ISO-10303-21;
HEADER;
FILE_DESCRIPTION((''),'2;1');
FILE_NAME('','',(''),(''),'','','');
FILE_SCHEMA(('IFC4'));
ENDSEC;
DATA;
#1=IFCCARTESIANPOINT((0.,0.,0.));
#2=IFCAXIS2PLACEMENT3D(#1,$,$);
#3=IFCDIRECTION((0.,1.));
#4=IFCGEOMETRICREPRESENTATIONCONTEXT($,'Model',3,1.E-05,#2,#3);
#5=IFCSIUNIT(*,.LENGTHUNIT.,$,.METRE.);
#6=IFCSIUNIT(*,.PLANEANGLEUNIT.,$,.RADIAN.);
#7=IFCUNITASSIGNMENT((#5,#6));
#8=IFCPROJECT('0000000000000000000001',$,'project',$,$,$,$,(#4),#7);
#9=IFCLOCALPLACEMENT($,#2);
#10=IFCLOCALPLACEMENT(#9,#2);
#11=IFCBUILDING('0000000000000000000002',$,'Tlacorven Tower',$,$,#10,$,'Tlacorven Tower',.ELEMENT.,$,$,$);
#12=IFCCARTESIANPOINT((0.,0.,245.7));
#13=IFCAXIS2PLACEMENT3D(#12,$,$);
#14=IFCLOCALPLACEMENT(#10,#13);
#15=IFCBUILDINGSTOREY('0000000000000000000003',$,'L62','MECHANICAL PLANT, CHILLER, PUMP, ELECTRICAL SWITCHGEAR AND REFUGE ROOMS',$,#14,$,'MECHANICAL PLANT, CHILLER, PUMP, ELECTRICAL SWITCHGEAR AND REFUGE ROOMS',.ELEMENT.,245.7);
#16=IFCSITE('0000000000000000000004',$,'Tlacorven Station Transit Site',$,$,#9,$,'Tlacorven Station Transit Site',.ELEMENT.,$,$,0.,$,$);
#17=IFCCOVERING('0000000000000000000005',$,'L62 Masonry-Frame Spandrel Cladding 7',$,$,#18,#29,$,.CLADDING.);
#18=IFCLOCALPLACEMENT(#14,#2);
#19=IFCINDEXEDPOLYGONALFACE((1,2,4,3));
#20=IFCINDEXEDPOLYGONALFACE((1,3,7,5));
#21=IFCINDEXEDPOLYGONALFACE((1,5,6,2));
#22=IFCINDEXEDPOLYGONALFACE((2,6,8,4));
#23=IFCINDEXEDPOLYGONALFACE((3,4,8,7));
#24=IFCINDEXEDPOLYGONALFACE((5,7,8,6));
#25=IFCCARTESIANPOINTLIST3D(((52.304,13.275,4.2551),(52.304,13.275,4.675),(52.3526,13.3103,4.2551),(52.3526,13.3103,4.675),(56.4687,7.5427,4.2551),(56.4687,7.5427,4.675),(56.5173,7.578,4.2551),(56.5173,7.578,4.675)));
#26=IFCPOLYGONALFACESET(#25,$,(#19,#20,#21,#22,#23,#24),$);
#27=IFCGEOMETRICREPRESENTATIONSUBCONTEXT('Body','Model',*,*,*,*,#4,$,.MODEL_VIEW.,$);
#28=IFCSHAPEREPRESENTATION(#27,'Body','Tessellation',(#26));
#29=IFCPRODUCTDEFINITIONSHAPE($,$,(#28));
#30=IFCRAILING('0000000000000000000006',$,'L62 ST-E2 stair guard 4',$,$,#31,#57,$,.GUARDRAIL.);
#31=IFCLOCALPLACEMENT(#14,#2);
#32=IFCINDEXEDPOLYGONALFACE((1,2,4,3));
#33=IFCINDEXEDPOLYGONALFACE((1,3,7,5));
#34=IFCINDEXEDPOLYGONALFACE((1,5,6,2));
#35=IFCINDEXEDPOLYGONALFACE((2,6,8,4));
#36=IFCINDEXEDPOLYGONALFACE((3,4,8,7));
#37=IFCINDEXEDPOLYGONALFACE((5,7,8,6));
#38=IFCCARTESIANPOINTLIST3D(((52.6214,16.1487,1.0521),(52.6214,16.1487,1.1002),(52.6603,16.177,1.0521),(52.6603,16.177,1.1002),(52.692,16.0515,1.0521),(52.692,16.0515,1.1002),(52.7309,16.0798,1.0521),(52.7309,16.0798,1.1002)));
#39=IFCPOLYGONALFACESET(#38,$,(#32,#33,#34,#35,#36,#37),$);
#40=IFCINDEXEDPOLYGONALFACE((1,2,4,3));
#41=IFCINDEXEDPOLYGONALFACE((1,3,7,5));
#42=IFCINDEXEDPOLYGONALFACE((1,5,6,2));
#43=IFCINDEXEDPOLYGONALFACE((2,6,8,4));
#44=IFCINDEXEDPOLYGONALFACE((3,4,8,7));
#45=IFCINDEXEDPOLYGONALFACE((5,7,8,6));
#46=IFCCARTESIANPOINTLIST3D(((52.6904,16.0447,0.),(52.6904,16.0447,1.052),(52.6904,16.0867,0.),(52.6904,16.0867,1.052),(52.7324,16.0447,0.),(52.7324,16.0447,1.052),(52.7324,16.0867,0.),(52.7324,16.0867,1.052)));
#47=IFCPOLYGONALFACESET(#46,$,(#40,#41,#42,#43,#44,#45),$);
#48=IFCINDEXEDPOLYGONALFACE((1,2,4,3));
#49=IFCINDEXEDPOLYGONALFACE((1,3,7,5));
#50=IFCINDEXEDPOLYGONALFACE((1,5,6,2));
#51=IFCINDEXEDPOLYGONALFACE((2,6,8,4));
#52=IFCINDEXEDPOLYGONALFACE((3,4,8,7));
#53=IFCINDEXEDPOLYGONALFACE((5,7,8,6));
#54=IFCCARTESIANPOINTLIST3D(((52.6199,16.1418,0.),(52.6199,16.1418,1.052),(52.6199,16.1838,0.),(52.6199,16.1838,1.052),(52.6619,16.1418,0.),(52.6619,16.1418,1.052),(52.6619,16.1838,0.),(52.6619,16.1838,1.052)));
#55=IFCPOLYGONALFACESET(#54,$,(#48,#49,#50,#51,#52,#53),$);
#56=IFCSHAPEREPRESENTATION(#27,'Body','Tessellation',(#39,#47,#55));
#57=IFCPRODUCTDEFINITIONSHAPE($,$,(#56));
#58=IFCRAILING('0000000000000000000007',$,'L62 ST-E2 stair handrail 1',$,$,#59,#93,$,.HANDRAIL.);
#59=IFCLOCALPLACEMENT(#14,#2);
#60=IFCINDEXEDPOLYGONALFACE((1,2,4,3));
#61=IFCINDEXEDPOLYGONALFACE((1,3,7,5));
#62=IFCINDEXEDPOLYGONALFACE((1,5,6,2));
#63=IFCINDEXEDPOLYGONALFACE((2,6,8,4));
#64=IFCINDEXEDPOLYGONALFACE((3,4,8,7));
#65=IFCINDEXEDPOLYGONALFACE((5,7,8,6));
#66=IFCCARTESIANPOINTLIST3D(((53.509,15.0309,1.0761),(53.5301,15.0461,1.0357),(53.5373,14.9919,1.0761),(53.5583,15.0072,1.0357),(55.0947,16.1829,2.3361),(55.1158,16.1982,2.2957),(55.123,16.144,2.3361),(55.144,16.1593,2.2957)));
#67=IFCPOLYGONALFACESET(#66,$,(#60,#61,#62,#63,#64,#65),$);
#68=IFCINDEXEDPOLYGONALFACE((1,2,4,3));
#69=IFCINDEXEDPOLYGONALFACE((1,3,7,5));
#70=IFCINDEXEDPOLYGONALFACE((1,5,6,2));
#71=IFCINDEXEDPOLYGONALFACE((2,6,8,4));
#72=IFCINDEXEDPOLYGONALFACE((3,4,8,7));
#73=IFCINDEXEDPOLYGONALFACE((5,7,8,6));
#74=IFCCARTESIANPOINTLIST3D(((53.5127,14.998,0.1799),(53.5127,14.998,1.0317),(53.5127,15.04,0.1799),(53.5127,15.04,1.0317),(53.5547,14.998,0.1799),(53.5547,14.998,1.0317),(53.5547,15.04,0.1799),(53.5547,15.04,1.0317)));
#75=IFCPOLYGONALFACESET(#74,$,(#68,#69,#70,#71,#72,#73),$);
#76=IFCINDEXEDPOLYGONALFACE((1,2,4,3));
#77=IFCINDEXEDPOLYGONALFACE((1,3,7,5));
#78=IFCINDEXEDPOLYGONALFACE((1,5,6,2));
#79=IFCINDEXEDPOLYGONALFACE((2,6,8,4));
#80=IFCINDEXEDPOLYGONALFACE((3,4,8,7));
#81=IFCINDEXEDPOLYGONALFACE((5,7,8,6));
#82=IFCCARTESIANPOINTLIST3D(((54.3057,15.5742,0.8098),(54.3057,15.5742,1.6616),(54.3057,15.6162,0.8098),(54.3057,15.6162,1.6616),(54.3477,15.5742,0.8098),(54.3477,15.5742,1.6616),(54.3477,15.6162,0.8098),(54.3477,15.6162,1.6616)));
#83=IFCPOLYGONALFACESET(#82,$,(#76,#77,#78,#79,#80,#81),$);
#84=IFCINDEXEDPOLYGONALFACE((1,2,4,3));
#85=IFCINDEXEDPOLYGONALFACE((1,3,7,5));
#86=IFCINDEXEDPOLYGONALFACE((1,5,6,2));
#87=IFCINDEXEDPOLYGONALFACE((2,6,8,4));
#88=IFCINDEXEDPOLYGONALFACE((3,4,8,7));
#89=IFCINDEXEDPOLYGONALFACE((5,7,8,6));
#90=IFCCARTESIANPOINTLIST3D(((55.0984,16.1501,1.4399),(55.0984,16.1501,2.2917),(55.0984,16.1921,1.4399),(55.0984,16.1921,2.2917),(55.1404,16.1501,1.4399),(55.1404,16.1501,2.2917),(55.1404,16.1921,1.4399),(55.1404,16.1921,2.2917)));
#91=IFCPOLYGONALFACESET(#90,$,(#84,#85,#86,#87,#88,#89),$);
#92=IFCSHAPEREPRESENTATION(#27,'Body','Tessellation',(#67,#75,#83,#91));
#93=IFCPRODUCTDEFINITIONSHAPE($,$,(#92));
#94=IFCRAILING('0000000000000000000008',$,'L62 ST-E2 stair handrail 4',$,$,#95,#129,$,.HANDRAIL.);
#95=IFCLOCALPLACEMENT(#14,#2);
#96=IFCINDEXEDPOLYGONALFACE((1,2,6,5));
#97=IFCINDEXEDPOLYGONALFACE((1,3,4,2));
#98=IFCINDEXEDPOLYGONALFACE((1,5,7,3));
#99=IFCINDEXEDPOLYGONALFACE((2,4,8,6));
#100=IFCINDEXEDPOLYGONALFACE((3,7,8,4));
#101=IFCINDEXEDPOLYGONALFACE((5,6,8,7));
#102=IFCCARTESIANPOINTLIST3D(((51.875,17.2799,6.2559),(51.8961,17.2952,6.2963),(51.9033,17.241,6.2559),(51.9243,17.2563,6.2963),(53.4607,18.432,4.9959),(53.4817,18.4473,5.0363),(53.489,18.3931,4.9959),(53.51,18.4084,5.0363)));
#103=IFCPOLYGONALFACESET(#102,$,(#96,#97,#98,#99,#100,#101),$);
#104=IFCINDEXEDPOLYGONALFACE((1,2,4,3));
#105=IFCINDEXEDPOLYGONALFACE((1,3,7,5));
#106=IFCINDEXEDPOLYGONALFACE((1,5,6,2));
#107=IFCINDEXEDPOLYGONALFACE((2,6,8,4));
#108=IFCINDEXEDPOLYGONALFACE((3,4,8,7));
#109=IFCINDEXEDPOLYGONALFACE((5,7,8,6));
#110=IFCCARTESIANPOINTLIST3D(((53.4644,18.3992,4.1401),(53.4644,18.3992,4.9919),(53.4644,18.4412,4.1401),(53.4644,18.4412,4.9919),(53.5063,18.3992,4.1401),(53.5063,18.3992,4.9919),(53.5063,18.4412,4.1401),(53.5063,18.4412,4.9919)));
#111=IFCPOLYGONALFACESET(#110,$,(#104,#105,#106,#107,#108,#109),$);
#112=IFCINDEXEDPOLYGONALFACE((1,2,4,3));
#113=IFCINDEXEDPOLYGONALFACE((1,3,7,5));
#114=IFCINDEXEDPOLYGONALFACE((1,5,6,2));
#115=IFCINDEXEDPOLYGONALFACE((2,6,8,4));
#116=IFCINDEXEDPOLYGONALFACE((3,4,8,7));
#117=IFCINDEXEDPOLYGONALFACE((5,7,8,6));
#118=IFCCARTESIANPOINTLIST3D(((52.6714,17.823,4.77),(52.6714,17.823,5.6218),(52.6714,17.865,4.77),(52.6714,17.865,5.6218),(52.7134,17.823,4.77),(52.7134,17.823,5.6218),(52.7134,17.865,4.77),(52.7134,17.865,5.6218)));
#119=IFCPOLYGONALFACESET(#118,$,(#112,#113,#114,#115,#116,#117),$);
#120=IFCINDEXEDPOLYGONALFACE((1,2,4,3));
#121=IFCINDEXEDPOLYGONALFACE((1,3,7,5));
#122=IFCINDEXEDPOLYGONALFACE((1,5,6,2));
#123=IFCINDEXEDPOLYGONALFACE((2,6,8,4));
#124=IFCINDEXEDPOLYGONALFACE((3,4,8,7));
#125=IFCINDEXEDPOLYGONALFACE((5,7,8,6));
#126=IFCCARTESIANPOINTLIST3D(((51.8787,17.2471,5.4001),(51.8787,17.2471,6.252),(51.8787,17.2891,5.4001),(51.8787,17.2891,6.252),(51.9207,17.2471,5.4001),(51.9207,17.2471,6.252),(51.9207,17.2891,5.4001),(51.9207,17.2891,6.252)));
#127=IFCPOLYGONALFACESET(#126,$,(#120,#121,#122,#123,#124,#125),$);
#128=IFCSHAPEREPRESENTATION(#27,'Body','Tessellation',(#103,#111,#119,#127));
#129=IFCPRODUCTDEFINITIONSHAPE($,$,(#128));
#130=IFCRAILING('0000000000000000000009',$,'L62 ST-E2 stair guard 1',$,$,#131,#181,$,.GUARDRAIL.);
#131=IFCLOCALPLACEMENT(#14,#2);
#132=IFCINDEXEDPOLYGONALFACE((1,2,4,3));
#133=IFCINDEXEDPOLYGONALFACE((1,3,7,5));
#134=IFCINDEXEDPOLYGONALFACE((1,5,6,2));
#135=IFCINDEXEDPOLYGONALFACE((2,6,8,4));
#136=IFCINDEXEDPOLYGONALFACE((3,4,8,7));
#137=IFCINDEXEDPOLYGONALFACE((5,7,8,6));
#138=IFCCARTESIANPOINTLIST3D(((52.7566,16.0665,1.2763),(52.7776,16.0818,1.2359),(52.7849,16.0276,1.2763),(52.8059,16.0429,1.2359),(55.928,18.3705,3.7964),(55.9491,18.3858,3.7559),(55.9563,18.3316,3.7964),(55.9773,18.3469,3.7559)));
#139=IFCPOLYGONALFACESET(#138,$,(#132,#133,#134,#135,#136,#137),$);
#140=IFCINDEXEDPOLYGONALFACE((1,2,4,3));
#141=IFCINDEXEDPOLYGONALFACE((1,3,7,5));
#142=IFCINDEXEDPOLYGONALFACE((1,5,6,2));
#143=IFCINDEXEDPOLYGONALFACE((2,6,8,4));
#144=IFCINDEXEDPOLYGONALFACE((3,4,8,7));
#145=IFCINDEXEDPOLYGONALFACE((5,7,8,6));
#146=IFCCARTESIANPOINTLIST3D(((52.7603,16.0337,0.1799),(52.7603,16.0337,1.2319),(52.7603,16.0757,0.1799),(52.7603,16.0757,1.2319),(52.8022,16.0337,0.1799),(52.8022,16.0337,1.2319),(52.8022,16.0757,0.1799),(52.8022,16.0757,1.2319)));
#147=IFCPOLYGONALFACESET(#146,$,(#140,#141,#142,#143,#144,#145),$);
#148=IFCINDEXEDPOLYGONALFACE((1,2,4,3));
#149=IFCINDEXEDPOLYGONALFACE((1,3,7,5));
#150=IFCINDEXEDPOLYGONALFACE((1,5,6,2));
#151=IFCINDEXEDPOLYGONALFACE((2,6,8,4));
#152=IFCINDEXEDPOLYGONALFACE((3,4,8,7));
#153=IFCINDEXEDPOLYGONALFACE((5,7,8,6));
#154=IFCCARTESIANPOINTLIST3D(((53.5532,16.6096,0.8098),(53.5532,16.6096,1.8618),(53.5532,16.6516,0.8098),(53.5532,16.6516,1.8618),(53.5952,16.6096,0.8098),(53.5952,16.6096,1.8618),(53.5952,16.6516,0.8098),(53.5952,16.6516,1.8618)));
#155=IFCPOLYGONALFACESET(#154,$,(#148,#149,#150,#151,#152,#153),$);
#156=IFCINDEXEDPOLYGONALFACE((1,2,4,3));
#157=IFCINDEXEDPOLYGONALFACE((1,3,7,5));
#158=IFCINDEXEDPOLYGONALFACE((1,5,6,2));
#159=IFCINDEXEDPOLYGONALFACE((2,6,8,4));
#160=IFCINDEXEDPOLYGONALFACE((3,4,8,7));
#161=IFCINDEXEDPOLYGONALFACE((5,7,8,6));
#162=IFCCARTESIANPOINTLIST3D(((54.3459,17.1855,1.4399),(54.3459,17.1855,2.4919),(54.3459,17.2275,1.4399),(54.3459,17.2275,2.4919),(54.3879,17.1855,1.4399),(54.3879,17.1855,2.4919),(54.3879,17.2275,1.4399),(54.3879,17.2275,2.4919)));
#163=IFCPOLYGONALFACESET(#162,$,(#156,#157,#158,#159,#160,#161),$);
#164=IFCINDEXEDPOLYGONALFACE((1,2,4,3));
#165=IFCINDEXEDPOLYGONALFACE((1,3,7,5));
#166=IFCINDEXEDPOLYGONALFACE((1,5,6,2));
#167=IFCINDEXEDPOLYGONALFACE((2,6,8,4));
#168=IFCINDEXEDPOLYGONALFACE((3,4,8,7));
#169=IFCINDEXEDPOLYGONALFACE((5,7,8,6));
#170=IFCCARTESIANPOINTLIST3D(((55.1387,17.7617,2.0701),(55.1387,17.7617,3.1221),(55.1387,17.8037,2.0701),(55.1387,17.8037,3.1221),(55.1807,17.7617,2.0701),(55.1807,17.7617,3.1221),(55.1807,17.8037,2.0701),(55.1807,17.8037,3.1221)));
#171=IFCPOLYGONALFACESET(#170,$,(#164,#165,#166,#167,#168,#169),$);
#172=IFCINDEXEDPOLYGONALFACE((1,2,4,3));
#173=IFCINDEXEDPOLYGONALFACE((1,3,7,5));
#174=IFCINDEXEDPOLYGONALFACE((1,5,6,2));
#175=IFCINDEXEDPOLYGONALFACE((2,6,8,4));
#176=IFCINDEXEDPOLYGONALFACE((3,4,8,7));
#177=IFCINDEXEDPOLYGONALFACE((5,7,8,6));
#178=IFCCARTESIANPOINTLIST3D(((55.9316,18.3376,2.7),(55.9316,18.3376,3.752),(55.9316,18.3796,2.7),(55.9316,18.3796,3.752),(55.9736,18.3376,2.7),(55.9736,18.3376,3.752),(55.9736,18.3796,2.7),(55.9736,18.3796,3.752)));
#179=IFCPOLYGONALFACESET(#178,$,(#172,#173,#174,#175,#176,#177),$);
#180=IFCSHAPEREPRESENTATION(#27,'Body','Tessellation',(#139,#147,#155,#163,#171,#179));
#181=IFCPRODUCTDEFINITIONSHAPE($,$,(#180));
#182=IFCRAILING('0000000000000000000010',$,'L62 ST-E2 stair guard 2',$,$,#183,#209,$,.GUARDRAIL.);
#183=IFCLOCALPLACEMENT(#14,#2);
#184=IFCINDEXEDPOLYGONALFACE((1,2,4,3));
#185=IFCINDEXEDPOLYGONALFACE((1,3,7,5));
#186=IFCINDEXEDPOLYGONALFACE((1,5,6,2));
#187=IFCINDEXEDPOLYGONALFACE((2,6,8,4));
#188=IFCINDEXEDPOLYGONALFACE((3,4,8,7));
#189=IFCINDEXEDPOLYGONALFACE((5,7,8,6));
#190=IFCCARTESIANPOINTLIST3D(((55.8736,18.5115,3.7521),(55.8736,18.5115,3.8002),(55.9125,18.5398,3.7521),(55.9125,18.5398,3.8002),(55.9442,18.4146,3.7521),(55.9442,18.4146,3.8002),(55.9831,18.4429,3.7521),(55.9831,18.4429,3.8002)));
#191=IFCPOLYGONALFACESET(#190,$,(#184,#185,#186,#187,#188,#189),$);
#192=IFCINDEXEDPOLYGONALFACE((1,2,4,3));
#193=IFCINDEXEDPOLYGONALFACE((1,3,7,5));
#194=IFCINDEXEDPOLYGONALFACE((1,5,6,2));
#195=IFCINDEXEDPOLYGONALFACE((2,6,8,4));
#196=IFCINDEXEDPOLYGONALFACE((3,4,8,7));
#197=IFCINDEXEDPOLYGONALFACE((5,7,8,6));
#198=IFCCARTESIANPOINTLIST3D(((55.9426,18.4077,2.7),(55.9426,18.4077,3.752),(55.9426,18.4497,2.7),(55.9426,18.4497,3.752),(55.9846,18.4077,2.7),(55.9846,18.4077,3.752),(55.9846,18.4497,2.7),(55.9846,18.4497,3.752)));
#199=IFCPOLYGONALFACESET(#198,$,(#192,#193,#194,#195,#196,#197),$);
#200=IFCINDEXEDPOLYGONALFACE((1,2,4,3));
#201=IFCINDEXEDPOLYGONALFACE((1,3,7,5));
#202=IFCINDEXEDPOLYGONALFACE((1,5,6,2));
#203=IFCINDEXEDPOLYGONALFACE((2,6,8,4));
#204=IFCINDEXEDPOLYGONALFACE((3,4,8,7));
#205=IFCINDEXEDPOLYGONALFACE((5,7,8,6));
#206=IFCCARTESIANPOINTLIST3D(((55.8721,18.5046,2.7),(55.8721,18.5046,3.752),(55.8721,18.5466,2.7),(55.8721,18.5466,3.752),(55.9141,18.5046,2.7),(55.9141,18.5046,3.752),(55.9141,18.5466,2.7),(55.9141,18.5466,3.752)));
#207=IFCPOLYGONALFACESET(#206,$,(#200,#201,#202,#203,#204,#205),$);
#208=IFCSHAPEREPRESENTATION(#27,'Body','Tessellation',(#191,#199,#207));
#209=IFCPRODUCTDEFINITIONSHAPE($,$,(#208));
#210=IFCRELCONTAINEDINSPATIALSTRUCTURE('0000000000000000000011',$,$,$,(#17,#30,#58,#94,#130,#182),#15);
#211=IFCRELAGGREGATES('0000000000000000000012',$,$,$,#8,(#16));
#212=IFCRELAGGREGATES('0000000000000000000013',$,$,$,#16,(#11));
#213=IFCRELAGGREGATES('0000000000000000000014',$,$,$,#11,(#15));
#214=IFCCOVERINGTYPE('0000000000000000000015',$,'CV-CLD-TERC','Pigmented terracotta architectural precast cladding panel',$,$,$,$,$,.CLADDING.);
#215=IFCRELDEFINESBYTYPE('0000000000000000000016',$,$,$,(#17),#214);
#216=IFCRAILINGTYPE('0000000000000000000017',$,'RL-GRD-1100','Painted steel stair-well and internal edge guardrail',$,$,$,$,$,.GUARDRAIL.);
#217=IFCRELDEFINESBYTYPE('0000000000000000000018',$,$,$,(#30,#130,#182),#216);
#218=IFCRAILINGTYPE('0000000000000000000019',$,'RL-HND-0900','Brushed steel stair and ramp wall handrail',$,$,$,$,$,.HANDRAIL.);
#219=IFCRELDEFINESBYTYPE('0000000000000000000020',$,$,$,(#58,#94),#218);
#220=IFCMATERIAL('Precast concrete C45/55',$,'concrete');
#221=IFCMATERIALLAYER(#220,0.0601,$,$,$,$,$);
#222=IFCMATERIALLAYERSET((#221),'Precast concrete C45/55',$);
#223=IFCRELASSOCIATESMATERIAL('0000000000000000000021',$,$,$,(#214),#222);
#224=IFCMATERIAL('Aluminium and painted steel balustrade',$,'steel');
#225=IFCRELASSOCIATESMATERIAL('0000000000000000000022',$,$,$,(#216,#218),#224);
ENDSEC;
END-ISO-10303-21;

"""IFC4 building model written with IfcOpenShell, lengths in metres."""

from ifc_helpers import new_model, si_unit, direction, frame, origin, origin_2d, place, context, subcontext, project, spatial, rectangle, extrude, source, transform, mapped, material, layer, layer_set, type_object, element, save


model = new_model("IFC4")

# Units and contexts
model_context = context("Model", 3, precision=1e-05, world=origin(), true_north=direction((0.0, 1.0)))
body_context = subcontext(model_context, "Body", "Model", "MODEL_VIEW")
ifc_project = project(units=[si_unit("LENGTHUNIT", "METRE"), si_unit("PLANEANGLEUNIT", "RADIAN")], contexts=[model_context])

# Site, building, storey
site_placement = place(None, origin())
site = spatial("IfcSite", under=ifc_project, at=site_placement, Name="Tlacorven Station Transit Site", LongName="Tlacorven Station Transit Site", CompositionType="ELEMENT", RefElevation=0.0)
building_placement = place(site_placement, origin())
building = spatial("IfcBuilding", under=site, at=building_placement, Name="Tlacorven Tower", LongName="Tlacorven Tower", CompositionType="ELEMENT")
storey_placement = place(building_placement, frame((0.0, 0.0, 245.7)))
storey = spatial("IfcBuildingStorey", under=building, at=storey_placement, Name="L62", Description="MECHANICAL PLANT, CHILLER, PUMP, ELECTRICAL SWITCHGEAR AND REFUGE ROOMS", LongName="MECHANICAL PLANT, CHILLER, PUMP, ELECTRICAL SWITCHGEAR AND REFUGE ROOMS", CompositionType="ELEMENT", Elevation=245.7)

# Covering
ifc_material_1 = material(Name="Precast concrete C45/55", Category="concrete")
ifc_layer_1 = layer(ifc_material_1, 0.0601)
ifc_layer_set_1 = layer_set([ifc_layer_1], Name="Precast concrete C45/55")
covering_type = type_object("IfcCoveringType", Name="CV-CLD-TERC", Description="Pigmented terracotta architectural precast cladding panel", PredefinedType="CLADDING", material=ifc_layer_set_1)
shared_shape_1 = source(origin(), body_context, "Body", "SweptSolid", [
    extrude(rectangle(XDim=7.0854, YDim=0.0601, at=origin_2d()), origin(), (0.0, 0.0, 1.0), 0.4199),
])
covering_placement = place(storey_placement, frame((54.4106, 10.4265, 4.2551), z_axis=(0.0, 0.0, 1.0), x_axis=(-0.587786, 0.809017, 0.0)))
element("IfcCovering", 1, at=covering_placement, inside=storey, type_object=covering_type, Name="L62 Masonry-Frame Spandrel Cladding 7", PredefinedType="CLADDING", context=body_context, shape_type="MappedRepresentation", body=[
    mapped(shared_shape_1, transform((0.0, 0.0, 0.0), scale=1.0)),
])

# Railings
ifc_material_2 = material(Name="Aluminium and painted steel balustrade", Category="steel")
railing_type_1 = type_object("IfcRailingType", Name="RL-GRD-1100", Description="Painted steel stair-well and internal edge guardrail", PredefinedType="GUARDRAIL", material=ifc_material_2)
shared_shape_2 = source(origin(), body_context, "Body", "SweptSolid", [
    extrude(rectangle(XDim=0.0481, YDim=0.0481, at=origin_2d()), frame((0.0, 0.0, 1.0762), z_axis=(-0.587567, 0.809175, 0.0), x_axis=(-0.809175, -0.587567, 0.0)), (0.0, 0.0, 1.0), 0.1201),
    extrude(rectangle(XDim=0.042, YDim=0.042, at=origin_2d()), origin(), (0.0, 0.0, 1.0), 1.052),
    extrude(rectangle(XDim=0.042, YDim=0.042, at=origin_2d()), frame((-0.0706, 0.0972, 0.0)), (0.0, 0.0, 1.0), 1.052),
])
railing_1_placement = place(storey_placement, frame((52.7114, 16.0657, 0.0)))
element("IfcRailing", 2, at=railing_1_placement, inside=storey, type_object=railing_type_1, Name="L62 ST-E2 stair guard 4", PredefinedType="GUARDRAIL", context=body_context, shape_type="MappedRepresentation", body=[
    mapped(shared_shape_2, transform((0.0, 0.0, 0.0), scale=1.0)),
])
railing_type_2 = type_object("IfcRailingType", Name="RL-HND-0900", Description="Brushed steel stair and ramp wall handrail", PredefinedType="HANDRAIL", material=ifc_material_2)
shared_shape_3 = source(origin(), body_context, "Body", "SweptSolid", [
    extrude(rectangle(XDim=0.0481, YDim=0.0481, at=origin_2d()), frame((0.0, 0.0, 0.876), z_axis=(0.680525, 0.494441, 0.540753), x_axis=(-0.587794, 0.809011, 0.0)), (0.0, 0.0, 1.0), 2.3301),
    extrude(rectangle(XDim=0.042, YDim=0.042, at=origin_2d()), origin(), (0.0, 0.0, 1.0), 0.8518),
    extrude(rectangle(XDim=0.042, YDim=0.042, at=origin_2d()), frame((0.793, 0.5762, 0.6299)), (0.0, 0.0, 1.0), 0.8518),
    extrude(rectangle(XDim=0.042, YDim=0.042, at=origin_2d()), frame((1.5857, 1.1521, 1.26)), (0.0, 0.0, 1.0), 0.8518),
])
railing_2_placement = place(storey_placement, frame((53.5337, 15.019, 0.1799)))
element("IfcRailing", 3, at=railing_2_placement, inside=storey, type_object=railing_type_2, Name="L62 ST-E2 stair handrail 1", PredefinedType="HANDRAIL", context=body_context, shape_type="MappedRepresentation", body=[
    mapped(shared_shape_3, transform((0.0, 0.0, 0.0), scale=1.0)),
])
shared_shape_4 = source(origin(), body_context, "Body", "SweptSolid", [
    extrude(rectangle(XDim=0.0481, YDim=0.0481, at=origin_2d()), frame((0.0, 0.0, 0.876), z_axis=(-0.680525, -0.494441, 0.540753), x_axis=(0.587794, -0.809011, 0.0)), (0.0, 0.0, 1.0), 2.3301),
    extrude(rectangle(XDim=0.042, YDim=0.042, at=origin_2d()), origin(), (0.0, 0.0, 1.0), 0.8518),
    extrude(rectangle(XDim=0.042, YDim=0.042, at=origin_2d()), frame((-0.793, -0.5762, 0.6299)), (0.0, 0.0, 1.0), 0.8518),
    extrude(rectangle(XDim=0.042, YDim=0.042, at=origin_2d()), frame((-1.5857, -1.1521, 1.26)), (0.0, 0.0, 1.0), 0.8518),
])
railing_3_placement = place(storey_placement, frame((53.4854, 18.4202, 4.1401)))
element("IfcRailing", 4, at=railing_3_placement, inside=storey, type_object=railing_type_2, Name="L62 ST-E2 stair handrail 4", PredefinedType="HANDRAIL", context=body_context, shape_type="MappedRepresentation", body=[
    mapped(shared_shape_4, transform((0.0, 0.0, 0.0), scale=1.0)),
])
shared_shape_5 = source(origin(), body_context, "Body", "SweptSolid", [
    extrude(rectangle(XDim=0.0481, YDim=0.0481, at=origin_2d()), frame((0.0, 0.0, 1.0762), z_axis=(0.680543, 0.494402, 0.540767), x_axis=(-0.587753, 0.80904, 0.0)), (0.0, 0.0, 1.0), 4.6602),
    extrude(rectangle(XDim=0.042, YDim=0.042, at=origin_2d()), origin(), (0.0, 0.0, 1.0), 1.052),
    extrude(rectangle(XDim=0.042, YDim=0.042, at=origin_2d()), frame((0.793, 0.5759, 0.6299)), (0.0, 0.0, 1.0), 1.052),
    extrude(rectangle(XDim=0.042, YDim=0.042, at=origin_2d()), frame((1.5857, 1.1519, 1.26)), (0.0, 0.0, 1.0), 1.052),
    extrude(rectangle(XDim=0.042, YDim=0.042, at=origin_2d()), frame((2.3784, 1.728, 1.8901)), (0.0, 0.0, 1.0), 1.052),
    extrude(rectangle(XDim=0.042, YDim=0.042, at=origin_2d()), frame((3.1714, 2.304, 2.52)), (0.0, 0.0, 1.0), 1.052),
])
railing_4_placement = place(storey_placement, frame((52.7812, 16.0547, 0.1799)))
element("IfcRailing", 5, at=railing_4_placement, inside=storey, type_object=railing_type_1, Name="L62 ST-E2 stair guard 1", PredefinedType="GUARDRAIL", context=body_context, shape_type="MappedRepresentation", body=[
    mapped(shared_shape_5, transform((0.0, 0.0, 0.0), scale=1.0)),
])
shared_shape_6 = source(origin(), body_context, "Body", "SweptSolid", [
    extrude(rectangle(XDim=0.0481, YDim=0.0481, at=origin_2d()), frame((0.0, 0.0, 1.0762), z_axis=(-0.588535, 0.808472, 0.0), x_axis=(-0.808472, -0.588535, 0.0)), (0.0, 0.0, 1.0), 0.1199),
    extrude(rectangle(XDim=0.042, YDim=0.042, at=origin_2d()), origin(), (0.0, 0.0, 1.0), 1.052),
    extrude(rectangle(XDim=0.042, YDim=0.042, at=origin_2d()), frame((-0.0706, 0.0969, 0.0)), (0.0, 0.0, 1.0), 1.052),
])
railing_5_placement = place(storey_placement, frame((55.9636, 18.4287, 2.7)))
element("IfcRailing", 6, at=railing_5_placement, inside=storey, type_object=railing_type_1, Name="L62 ST-E2 stair guard 2", PredefinedType="GUARDRAIL", context=body_context, shape_type="MappedRepresentation", body=[
    mapped(shared_shape_6, transform((0.0, 0.0, 0.0), scale=1.0)),
])

save(model, "model.ifc")
